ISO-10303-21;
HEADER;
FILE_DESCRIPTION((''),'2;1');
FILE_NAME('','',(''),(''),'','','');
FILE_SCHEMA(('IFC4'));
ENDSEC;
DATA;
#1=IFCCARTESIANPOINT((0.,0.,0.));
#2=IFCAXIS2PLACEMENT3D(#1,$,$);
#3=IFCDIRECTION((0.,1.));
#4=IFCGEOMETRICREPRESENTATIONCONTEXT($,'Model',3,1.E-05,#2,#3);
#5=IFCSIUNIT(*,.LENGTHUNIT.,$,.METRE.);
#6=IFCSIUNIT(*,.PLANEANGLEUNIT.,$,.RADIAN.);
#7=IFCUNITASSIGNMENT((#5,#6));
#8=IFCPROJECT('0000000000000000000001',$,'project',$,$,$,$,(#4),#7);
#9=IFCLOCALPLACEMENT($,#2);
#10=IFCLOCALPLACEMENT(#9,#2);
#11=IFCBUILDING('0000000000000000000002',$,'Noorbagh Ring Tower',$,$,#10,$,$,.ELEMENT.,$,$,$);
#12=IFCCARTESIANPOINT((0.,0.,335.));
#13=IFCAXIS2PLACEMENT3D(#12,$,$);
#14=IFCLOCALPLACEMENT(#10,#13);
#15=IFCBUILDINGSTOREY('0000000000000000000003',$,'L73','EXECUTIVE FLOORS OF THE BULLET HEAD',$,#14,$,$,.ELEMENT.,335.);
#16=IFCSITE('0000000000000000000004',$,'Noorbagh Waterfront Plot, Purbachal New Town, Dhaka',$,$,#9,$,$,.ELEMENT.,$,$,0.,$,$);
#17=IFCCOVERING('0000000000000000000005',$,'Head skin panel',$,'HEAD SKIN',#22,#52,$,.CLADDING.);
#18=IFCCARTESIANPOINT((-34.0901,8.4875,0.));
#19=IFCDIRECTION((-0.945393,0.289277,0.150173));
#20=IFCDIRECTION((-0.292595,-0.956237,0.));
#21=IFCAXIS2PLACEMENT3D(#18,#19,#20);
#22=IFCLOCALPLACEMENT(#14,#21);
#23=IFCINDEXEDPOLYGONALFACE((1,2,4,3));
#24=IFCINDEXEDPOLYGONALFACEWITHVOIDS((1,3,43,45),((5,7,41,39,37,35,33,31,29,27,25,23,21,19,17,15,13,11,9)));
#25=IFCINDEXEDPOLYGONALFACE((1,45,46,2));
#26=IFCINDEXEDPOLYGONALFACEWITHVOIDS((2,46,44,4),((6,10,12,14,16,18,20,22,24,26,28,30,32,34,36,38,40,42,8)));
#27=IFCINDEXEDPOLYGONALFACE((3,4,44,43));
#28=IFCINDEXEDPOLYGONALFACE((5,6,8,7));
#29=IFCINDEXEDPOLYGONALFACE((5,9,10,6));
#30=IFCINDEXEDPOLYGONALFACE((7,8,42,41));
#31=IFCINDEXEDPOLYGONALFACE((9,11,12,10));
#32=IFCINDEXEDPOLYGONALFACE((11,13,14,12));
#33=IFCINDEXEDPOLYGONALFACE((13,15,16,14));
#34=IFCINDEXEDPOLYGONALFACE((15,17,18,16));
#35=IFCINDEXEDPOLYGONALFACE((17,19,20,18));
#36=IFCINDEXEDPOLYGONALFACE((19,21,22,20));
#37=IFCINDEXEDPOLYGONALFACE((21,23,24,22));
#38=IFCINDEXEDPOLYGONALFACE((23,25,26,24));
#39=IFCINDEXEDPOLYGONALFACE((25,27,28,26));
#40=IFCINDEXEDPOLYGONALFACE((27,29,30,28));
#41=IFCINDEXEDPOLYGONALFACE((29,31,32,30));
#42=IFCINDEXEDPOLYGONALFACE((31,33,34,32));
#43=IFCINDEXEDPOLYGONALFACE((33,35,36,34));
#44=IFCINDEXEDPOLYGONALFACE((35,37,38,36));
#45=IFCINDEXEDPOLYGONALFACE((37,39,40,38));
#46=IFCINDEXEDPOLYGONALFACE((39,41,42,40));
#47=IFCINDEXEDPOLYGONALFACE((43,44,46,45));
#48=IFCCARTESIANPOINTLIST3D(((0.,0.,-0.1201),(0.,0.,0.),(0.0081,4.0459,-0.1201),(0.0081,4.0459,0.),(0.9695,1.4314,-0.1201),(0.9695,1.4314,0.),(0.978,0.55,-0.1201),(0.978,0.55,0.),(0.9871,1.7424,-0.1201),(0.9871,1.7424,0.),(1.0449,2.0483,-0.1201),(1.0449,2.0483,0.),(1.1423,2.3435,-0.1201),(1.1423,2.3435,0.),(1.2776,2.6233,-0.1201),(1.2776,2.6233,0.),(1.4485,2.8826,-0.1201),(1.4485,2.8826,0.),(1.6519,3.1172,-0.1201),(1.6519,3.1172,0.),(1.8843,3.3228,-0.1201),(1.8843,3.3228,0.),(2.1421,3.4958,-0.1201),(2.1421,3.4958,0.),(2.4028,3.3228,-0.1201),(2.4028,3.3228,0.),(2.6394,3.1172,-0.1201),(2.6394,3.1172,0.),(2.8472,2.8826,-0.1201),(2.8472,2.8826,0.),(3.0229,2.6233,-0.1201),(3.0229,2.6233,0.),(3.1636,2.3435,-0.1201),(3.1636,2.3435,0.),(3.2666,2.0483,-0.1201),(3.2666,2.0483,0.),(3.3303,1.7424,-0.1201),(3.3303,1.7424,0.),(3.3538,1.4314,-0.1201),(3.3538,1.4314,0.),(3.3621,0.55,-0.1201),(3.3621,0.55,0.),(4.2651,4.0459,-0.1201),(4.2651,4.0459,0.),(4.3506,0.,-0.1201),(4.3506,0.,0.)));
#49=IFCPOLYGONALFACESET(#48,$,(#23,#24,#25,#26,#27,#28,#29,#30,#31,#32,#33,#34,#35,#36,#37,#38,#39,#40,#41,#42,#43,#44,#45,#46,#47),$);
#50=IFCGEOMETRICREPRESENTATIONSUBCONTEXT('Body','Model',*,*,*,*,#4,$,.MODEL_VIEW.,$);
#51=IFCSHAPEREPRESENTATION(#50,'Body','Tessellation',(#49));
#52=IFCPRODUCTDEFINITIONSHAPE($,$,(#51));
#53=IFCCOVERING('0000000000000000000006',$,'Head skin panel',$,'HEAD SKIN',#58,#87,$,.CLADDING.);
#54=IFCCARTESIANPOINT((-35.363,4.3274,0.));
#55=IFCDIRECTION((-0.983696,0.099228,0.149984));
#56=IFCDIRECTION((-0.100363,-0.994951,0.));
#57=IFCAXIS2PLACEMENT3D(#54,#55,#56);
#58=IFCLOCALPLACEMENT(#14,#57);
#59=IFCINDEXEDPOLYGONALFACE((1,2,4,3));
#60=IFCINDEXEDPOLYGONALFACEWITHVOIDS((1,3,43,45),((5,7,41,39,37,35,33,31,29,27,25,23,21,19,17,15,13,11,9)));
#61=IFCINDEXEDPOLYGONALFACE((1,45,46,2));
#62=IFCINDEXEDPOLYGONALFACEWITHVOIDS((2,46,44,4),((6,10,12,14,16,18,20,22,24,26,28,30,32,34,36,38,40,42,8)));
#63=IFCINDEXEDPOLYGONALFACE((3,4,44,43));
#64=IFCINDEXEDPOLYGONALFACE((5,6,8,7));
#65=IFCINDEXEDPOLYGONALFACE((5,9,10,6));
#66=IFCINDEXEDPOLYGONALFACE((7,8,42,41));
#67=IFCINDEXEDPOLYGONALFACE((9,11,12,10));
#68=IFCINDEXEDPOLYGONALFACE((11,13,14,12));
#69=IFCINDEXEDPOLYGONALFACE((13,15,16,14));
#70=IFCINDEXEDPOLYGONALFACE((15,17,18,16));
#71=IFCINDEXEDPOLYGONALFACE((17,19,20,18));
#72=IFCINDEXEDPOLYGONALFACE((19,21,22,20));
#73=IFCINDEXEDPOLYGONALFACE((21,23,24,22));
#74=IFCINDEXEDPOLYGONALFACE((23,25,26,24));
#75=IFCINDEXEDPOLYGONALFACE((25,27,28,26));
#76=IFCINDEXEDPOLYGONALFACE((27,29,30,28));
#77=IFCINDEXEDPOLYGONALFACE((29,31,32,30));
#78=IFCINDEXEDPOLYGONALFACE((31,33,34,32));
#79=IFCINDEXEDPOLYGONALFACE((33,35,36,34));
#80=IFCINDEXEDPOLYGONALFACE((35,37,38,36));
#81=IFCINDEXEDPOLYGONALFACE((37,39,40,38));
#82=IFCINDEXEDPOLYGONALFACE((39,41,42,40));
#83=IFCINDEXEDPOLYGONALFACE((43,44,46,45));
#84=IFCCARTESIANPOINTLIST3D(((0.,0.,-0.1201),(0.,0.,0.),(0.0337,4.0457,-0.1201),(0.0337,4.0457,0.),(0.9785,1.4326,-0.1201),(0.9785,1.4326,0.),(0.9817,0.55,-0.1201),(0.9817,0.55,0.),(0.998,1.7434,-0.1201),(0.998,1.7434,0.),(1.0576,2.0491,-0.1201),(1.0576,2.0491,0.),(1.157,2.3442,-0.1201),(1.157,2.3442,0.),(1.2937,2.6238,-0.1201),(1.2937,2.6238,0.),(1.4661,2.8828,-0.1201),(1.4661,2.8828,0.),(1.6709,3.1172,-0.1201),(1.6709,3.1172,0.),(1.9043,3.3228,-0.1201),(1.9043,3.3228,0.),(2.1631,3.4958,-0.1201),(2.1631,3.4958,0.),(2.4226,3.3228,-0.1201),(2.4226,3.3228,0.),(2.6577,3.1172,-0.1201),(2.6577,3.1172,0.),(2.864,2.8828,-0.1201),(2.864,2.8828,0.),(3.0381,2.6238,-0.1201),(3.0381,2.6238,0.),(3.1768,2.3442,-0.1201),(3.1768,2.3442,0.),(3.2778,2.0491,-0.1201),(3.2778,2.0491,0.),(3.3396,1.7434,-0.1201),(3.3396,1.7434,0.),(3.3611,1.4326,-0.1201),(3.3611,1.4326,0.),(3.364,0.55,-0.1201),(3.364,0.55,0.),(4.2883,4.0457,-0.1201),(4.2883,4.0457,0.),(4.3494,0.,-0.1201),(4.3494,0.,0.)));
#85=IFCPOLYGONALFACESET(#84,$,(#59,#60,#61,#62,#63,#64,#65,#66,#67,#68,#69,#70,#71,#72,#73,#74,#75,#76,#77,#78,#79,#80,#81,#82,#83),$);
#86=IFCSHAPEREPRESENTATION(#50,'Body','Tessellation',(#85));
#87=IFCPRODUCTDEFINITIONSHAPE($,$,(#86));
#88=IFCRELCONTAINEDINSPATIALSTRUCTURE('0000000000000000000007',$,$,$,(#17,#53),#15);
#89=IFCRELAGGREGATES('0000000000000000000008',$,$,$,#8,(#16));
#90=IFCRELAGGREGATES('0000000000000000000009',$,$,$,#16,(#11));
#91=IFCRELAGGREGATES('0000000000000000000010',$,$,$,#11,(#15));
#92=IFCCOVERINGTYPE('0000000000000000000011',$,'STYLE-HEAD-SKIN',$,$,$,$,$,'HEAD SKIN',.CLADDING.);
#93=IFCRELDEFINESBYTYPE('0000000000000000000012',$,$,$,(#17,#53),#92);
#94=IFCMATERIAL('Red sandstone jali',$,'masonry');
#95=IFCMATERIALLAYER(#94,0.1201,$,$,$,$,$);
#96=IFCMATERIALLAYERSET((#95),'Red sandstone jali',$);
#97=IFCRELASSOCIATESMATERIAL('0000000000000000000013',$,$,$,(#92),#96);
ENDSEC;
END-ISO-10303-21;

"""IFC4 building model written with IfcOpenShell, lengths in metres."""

from ifc_helpers import new_model, si_unit, direction, frame, origin, place, context, subcontext, project, spatial, polyline, outline, extrude, material, layer, layer_set, type_object, element, save


model = new_model("IFC4")

# Units and contexts
model_context = context("Model", 3, precision=1e-05, world=origin(), true_north=direction((0.0, 1.0)))
body_context = subcontext(model_context, "Body", "Model", "MODEL_VIEW")
ifc_project = project(units=[si_unit("LENGTHUNIT", "METRE"), si_unit("PLANEANGLEUNIT", "RADIAN")], contexts=[model_context])

# Site, building, storey
site_placement = place(None, origin())
site = spatial("IfcSite", under=ifc_project, at=site_placement, Name="Noorbagh Waterfront Plot, Purbachal New Town, Dhaka", CompositionType="ELEMENT", RefElevation=0.0)
building_placement = place(site_placement, origin())
building = spatial("IfcBuilding", under=site, at=building_placement, Name="Noorbagh Ring Tower", CompositionType="ELEMENT")
storey_placement = place(building_placement, frame((0.0, 0.0, 335.0)))
storey = spatial("IfcBuildingStorey", under=building, at=storey_placement, Name="L73", Description="EXECUTIVE FLOORS OF THE BULLET HEAD", CompositionType="ELEMENT", Elevation=335.0)

# Coverings
ifc_material_1 = material(Name="Red sandstone jali", Category="masonry")
ifc_layer_1 = layer(ifc_material_1, 0.1201)
ifc_layer_set_1 = layer_set([ifc_layer_1], Name="Red sandstone jali")
covering_type_1 = type_object("IfcCoveringType", Name="STYLE-HEAD-SKIN", ElementType="HEAD SKIN", PredefinedType="CLADDING", material=ifc_layer_set_1)
covering_1_placement = place(storey_placement, frame((-34.0901, 8.4875, 0.0), z_axis=(-0.945393, 0.289277, 0.150173), x_axis=(-0.292595, -0.956237, 0.0)))
element("IfcCovering", 1, at=covering_1_placement, inside=storey, type_object=covering_type_1, Name="Head skin panel", ObjectType="HEAD SKIN", PredefinedType="CLADDING", context=body_context, shape_type="SweptSolid", body=[
    extrude(outline(polyline([(0.0, 0.0), (4.3506, 0.0), (4.2651, 4.0459), (0.0081, 4.0459), (0.0, 0.0)]), holes=[polyline([(0.978, 0.55), (0.9695, 1.4314), (0.9871, 1.7424), (1.0449, 2.0483), (1.1423, 2.3435), (1.2776, 2.6233), (1.4485, 2.8826), (1.6519, 3.1172), (1.8843, 3.3228), (2.1421, 3.4958), (2.4028, 3.3228), (2.6394, 3.1172), (2.8472, 2.8826), (3.0229, 2.6233), (3.1636, 2.3435), (3.2666, 2.0483), (3.3303, 1.7424), (3.3538, 1.4314), (3.3621, 0.55), (0.978, 0.55)])]), origin(), (0.0, 0.0, -1.0), 0.1201),
])
covering_2_placement = place(storey_placement, frame((-35.363, 4.3274, 0.0), z_axis=(-0.983696, 0.099228, 0.149984), x_axis=(-0.100363, -0.994951, 0.0)))
element("IfcCovering", 2, at=covering_2_placement, inside=storey, type_object=covering_type_1, Name="Head skin panel", ObjectType="HEAD SKIN", PredefinedType="CLADDING", context=body_context, shape_type="SweptSolid", body=[
    extrude(outline(polyline([(0.0, 0.0), (4.3494, 0.0), (4.2883, 4.0457), (0.0337, 4.0457), (0.0, 0.0)]), holes=[polyline([(0.9817, 0.55), (0.9785, 1.4326), (0.998, 1.7434), (1.0576, 2.0491), (1.157, 2.3442), (1.2937, 2.6238), (1.4661, 2.8828), (1.6709, 3.1172), (1.9043, 3.3228), (2.1631, 3.4958), (2.4226, 3.3228), (2.6577, 3.1172), (2.864, 2.8828), (3.0381, 2.6238), (3.1768, 2.3442), (3.2778, 2.0491), (3.3396, 1.7434), (3.3611, 1.4326), (3.364, 0.55), (0.9817, 0.55)])]), origin(), (0.0, 0.0, -1.0), 0.1201),
])

save(model, "model.ifc")
